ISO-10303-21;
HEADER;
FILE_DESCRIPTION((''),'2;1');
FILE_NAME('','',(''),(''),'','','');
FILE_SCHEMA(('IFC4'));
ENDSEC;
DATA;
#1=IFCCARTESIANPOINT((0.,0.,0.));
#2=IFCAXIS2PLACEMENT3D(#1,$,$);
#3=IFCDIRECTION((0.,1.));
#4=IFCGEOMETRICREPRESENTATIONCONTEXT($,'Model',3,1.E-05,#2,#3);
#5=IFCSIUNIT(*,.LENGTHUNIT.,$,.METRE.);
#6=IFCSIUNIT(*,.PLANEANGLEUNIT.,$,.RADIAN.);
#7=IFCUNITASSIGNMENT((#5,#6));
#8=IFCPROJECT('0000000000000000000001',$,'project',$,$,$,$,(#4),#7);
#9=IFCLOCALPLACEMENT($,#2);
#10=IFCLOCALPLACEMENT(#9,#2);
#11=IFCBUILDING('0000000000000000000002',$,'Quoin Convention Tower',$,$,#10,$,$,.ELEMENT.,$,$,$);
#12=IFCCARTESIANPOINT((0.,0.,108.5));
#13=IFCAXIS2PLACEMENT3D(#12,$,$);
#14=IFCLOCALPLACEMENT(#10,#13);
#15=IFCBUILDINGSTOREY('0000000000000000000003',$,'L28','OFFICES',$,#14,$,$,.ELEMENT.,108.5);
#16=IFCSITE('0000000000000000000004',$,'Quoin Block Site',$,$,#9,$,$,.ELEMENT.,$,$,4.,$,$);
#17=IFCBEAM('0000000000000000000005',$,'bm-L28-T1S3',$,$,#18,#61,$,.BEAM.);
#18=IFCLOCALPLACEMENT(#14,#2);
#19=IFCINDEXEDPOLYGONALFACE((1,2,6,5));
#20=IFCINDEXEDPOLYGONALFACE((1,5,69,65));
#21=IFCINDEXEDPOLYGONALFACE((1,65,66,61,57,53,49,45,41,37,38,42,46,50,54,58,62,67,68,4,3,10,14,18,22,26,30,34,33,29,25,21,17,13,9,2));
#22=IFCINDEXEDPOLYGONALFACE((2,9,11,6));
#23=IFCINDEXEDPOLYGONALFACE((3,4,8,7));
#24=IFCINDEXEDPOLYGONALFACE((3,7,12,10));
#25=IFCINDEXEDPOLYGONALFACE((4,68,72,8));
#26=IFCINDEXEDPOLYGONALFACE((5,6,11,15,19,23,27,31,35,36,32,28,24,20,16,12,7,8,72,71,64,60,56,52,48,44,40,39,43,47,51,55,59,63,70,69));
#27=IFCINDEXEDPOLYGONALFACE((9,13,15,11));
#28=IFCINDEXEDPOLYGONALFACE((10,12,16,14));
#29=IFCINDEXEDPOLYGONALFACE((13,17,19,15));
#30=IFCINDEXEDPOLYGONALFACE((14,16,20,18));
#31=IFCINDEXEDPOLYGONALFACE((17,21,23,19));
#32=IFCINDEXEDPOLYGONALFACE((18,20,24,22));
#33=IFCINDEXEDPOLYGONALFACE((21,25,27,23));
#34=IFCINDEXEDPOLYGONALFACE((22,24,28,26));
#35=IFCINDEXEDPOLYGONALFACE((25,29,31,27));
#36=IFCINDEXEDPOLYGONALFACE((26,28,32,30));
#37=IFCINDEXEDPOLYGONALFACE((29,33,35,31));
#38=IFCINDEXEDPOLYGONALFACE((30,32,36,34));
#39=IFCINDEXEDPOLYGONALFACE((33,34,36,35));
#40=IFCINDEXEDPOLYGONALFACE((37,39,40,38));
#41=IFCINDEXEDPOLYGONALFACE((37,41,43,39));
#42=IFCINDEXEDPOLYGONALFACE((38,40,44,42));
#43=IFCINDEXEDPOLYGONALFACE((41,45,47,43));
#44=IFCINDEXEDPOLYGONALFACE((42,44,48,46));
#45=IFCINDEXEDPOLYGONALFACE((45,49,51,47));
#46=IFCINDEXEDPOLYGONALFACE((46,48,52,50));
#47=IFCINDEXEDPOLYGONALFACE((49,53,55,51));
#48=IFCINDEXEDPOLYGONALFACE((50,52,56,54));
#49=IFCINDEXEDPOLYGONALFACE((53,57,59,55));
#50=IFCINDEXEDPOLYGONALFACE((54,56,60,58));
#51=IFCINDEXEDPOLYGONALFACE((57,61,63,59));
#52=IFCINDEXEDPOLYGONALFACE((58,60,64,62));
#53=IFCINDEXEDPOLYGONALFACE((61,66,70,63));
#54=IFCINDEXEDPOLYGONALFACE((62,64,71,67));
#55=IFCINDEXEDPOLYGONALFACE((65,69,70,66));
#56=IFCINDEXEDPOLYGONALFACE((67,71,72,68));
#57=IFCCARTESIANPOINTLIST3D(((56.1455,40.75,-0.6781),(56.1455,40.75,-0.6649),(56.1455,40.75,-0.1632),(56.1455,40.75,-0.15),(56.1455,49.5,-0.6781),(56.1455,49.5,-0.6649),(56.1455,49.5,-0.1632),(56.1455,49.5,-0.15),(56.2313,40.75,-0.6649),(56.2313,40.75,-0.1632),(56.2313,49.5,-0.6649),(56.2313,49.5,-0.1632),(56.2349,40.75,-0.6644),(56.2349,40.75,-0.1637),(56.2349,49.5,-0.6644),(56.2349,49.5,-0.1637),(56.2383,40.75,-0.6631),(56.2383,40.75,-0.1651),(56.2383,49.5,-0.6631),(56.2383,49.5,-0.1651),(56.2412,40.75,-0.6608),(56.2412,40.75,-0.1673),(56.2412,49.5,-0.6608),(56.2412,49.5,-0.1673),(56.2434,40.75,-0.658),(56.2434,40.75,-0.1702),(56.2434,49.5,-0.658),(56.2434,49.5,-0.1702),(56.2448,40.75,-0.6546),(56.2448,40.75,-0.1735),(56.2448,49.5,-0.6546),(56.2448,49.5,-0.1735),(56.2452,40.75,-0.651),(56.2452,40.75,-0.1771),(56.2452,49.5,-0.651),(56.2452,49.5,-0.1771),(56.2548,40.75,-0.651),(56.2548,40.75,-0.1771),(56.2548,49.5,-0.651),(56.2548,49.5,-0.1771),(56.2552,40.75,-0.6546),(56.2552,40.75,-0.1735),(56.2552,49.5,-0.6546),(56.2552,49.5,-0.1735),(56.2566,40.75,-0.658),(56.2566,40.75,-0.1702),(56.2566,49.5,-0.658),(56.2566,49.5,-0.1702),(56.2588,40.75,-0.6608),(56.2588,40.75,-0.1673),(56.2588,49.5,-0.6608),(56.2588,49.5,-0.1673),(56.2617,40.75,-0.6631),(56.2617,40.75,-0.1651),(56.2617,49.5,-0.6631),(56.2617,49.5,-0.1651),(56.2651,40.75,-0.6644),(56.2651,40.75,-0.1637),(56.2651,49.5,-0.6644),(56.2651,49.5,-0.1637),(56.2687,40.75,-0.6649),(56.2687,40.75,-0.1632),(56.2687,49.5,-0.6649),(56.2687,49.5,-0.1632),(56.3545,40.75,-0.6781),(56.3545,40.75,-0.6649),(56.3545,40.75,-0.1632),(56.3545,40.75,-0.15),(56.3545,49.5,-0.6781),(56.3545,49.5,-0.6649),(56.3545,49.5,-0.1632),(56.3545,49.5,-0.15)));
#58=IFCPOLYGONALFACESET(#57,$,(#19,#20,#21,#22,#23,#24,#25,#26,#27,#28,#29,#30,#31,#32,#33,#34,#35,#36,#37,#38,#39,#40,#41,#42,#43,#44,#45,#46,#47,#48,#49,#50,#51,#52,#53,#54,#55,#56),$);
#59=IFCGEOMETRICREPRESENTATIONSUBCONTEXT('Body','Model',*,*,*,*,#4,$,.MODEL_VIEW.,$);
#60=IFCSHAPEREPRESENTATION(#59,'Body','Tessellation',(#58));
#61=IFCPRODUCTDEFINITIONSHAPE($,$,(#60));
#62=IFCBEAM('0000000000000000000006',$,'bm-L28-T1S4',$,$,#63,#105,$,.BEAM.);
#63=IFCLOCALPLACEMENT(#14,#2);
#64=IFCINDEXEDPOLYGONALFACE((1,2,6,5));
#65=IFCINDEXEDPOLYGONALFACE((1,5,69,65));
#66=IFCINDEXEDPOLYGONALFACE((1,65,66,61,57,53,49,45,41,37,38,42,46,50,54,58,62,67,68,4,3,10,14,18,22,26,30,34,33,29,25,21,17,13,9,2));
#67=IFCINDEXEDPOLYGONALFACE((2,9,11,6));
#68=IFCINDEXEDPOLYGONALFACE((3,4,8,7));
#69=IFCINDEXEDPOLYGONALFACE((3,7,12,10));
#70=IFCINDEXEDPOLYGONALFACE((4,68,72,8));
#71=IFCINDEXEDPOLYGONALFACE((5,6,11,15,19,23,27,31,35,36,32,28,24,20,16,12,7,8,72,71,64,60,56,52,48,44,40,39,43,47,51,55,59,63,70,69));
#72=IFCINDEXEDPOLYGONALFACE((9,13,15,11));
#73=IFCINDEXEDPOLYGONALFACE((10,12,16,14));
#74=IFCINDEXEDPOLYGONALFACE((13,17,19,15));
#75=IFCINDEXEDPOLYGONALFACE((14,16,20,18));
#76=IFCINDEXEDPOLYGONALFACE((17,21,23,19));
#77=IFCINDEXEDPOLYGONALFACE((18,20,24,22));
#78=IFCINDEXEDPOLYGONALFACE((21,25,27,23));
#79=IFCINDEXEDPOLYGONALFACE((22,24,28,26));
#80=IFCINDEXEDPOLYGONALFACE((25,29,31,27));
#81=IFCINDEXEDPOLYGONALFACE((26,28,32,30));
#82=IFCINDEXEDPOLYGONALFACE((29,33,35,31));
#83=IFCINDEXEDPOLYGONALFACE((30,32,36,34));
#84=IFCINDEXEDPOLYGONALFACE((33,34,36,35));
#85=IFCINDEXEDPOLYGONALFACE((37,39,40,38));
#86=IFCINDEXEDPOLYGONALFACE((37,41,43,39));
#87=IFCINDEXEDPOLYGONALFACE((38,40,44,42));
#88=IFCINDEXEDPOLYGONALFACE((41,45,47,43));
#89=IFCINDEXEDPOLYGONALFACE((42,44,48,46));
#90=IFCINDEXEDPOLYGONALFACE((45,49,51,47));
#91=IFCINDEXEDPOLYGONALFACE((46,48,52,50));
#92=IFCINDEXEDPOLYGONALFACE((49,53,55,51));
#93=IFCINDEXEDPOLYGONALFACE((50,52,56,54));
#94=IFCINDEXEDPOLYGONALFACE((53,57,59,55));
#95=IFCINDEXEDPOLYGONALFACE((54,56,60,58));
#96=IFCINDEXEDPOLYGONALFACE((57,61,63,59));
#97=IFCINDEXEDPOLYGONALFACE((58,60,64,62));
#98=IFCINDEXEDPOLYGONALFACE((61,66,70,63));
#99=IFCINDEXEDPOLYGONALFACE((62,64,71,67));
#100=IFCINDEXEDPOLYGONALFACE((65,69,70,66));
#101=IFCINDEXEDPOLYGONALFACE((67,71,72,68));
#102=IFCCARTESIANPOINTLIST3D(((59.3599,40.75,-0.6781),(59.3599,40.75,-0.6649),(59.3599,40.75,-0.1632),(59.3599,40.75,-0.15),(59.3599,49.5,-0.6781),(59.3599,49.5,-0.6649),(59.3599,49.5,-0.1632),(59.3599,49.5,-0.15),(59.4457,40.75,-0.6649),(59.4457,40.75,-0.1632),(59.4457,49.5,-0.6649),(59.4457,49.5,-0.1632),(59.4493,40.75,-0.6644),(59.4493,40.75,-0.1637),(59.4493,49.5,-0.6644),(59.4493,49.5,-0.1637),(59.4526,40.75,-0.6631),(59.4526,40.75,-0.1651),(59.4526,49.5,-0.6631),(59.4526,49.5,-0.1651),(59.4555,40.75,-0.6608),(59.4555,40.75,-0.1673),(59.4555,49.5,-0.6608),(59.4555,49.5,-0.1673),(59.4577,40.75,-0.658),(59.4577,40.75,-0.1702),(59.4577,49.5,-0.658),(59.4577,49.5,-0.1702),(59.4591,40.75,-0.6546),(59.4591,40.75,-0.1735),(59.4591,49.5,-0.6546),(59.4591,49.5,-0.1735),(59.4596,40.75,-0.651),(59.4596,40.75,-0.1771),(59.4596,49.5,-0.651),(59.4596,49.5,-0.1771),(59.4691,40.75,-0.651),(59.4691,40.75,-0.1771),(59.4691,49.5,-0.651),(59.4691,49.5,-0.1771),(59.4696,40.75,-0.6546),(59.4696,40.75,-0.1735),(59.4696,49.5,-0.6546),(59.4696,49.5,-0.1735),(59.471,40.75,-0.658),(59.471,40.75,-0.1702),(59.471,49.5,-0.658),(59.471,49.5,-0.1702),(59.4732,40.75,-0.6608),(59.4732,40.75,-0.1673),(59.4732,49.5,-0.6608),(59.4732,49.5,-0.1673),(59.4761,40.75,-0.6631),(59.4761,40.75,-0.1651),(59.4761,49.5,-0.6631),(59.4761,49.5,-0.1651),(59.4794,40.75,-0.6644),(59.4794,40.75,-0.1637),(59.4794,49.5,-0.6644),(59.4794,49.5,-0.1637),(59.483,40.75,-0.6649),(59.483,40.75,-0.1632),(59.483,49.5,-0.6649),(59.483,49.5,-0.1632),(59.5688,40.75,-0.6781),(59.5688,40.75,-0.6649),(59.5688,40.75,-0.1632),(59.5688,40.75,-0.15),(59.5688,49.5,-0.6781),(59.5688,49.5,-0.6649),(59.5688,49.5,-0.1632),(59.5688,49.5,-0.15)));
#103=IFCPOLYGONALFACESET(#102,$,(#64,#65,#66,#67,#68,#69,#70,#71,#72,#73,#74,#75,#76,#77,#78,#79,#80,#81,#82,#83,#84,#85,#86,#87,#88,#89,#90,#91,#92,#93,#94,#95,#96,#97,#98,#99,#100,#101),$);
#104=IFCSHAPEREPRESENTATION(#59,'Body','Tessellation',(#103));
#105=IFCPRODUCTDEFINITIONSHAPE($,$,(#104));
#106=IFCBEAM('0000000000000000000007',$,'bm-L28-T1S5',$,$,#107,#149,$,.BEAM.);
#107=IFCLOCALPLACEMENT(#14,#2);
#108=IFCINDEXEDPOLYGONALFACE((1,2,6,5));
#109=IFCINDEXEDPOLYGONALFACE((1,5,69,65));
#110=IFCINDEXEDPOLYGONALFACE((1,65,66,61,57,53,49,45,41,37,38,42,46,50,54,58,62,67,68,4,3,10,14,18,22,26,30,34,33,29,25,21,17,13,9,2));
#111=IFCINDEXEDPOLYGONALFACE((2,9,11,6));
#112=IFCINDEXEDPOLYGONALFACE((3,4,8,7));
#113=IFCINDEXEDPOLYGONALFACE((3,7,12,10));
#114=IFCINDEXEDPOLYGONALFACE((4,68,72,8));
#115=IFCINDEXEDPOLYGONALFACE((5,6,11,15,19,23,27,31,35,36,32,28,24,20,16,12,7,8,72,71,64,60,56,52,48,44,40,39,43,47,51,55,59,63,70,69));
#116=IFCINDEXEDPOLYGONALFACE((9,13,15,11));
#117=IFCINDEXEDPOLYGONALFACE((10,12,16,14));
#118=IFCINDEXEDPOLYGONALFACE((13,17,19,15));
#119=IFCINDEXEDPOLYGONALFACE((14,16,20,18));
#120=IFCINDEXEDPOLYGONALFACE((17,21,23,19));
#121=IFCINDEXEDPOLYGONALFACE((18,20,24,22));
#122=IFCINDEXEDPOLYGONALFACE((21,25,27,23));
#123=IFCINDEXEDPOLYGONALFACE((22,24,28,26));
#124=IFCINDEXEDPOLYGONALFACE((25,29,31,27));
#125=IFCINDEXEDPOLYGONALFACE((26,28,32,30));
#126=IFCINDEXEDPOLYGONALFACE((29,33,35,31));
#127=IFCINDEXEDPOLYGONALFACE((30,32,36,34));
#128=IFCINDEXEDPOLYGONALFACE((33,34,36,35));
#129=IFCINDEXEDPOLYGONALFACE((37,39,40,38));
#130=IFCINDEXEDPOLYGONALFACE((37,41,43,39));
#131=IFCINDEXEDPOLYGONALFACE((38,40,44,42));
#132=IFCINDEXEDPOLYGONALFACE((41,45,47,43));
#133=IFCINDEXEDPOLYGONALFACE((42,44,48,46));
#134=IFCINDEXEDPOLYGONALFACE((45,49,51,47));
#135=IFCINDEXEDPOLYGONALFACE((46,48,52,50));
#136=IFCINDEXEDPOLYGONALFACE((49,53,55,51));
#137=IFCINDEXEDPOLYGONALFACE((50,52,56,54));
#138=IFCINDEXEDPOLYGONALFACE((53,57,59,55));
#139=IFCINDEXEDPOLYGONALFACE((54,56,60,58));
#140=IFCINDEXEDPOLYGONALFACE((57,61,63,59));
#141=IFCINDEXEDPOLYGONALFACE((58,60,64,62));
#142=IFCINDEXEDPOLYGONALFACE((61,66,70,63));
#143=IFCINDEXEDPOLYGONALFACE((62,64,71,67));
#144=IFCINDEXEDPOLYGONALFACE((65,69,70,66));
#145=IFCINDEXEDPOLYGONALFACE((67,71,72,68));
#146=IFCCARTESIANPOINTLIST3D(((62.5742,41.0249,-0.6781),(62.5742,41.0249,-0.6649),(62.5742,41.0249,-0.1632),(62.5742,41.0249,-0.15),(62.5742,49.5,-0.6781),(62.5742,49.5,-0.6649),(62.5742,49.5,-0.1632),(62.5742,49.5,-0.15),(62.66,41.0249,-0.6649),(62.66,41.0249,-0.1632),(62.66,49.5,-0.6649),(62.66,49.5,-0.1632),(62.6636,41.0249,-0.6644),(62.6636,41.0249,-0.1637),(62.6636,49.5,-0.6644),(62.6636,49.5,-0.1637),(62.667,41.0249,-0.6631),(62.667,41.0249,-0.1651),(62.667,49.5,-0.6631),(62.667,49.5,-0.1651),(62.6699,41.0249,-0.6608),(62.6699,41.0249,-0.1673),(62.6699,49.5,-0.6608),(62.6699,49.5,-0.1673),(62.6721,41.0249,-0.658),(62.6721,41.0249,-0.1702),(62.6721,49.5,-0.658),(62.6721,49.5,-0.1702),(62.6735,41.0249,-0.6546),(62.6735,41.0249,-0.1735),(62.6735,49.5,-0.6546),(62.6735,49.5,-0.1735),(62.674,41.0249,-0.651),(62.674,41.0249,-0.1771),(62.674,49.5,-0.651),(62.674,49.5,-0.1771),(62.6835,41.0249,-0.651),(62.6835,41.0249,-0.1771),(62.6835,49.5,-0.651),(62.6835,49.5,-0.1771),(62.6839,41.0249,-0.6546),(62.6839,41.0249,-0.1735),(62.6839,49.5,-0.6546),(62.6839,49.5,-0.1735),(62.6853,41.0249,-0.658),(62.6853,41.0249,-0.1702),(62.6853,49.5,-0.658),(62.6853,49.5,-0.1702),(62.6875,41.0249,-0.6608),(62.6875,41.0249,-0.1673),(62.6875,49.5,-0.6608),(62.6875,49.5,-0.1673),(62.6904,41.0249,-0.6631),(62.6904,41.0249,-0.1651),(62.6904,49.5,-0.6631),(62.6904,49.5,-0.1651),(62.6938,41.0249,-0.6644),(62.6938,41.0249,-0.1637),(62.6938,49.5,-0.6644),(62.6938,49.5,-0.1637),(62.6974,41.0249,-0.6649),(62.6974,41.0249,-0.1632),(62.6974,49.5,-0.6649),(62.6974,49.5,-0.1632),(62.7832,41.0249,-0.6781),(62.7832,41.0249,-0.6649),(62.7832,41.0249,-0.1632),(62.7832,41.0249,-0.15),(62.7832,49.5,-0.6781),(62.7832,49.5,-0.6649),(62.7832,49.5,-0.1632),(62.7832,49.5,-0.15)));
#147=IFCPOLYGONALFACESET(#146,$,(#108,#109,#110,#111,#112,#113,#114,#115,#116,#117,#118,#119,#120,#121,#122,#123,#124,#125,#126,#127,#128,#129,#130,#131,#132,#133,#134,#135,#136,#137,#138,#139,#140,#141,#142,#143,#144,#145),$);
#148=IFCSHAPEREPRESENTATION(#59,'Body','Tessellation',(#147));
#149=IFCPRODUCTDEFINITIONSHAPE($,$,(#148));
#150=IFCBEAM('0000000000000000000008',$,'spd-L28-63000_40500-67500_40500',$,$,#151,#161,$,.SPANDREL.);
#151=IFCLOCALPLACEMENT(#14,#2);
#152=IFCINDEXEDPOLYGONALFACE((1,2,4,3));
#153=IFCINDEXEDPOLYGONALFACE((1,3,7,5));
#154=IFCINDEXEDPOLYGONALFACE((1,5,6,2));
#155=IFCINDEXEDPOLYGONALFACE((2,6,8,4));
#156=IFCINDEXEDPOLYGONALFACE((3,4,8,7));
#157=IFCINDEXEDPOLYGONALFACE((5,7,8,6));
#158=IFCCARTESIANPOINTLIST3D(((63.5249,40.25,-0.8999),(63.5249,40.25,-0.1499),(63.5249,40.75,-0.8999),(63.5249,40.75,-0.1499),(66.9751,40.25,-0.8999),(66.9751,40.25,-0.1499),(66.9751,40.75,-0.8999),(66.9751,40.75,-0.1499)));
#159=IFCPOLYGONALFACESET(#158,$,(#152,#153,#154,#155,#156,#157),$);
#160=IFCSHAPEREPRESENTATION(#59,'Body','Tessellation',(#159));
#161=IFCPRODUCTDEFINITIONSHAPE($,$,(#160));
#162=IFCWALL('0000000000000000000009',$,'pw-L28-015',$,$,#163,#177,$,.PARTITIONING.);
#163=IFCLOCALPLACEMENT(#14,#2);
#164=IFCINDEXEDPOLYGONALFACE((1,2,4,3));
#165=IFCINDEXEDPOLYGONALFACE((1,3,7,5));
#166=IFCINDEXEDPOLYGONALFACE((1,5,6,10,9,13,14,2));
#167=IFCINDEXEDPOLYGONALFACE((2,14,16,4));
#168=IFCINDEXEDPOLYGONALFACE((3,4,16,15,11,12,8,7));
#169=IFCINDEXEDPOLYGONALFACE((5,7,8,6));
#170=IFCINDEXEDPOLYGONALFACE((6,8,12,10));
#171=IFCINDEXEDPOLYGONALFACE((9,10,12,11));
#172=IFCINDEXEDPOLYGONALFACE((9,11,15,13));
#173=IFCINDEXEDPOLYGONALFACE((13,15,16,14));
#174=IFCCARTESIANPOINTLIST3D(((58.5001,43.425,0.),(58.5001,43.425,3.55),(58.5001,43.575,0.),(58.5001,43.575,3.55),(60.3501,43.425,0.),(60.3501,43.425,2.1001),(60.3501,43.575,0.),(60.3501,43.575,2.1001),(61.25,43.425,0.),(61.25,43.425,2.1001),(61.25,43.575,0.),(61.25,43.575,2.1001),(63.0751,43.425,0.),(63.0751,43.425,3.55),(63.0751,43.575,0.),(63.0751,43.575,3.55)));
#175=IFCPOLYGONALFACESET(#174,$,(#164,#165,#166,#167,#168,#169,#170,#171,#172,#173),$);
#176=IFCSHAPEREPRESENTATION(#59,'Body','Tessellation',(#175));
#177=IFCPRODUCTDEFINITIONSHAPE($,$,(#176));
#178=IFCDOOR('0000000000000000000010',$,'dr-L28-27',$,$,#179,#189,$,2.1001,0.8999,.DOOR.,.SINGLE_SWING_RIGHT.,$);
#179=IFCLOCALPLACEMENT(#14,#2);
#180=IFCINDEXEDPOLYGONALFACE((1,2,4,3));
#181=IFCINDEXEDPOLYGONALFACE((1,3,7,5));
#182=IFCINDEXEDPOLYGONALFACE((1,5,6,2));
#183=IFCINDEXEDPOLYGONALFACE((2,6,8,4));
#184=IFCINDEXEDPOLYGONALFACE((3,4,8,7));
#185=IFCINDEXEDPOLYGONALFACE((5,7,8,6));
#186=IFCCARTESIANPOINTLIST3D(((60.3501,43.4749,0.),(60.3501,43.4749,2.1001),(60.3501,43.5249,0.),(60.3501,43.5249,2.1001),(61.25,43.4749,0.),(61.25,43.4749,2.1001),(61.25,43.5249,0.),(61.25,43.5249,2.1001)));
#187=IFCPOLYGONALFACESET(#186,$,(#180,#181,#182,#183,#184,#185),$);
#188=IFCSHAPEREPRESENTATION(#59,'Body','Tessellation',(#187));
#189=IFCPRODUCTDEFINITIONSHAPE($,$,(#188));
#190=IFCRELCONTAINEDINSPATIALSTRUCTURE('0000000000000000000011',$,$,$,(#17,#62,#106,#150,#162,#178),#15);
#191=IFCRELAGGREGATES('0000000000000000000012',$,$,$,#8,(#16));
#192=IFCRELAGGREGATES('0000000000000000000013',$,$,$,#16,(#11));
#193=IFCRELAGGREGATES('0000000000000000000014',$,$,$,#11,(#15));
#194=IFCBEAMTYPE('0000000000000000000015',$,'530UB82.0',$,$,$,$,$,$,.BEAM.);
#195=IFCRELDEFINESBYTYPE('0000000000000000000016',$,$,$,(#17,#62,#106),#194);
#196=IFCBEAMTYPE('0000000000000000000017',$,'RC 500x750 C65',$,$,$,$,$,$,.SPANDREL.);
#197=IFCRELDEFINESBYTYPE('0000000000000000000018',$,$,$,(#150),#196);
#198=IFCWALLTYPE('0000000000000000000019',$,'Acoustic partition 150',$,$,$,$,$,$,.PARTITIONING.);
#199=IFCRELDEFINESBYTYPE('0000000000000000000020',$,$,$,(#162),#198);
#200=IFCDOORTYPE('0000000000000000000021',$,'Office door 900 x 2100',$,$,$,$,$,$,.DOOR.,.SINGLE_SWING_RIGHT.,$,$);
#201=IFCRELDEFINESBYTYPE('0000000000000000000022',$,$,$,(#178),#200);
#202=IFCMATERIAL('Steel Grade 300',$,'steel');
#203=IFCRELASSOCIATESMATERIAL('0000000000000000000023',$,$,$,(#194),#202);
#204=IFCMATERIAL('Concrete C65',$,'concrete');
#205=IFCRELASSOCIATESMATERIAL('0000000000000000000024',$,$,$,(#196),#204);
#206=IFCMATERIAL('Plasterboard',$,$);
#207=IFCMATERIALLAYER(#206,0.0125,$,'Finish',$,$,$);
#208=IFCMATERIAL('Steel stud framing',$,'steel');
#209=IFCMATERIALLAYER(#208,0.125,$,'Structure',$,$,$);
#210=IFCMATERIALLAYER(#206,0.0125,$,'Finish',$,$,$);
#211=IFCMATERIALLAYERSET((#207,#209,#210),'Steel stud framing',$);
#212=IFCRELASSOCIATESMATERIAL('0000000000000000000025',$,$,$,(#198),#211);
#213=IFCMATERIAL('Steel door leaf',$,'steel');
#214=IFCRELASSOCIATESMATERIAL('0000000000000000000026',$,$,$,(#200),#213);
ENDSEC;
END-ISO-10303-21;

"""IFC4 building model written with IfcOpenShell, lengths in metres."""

from ifc_helpers import new_model, si_unit, direction, frame, frame_2d, origin, origin_2d, place, context, subcontext, project, spatial, rectangle, i_section, extrude, material, layer, layer_set, material_profile, profile_set, type_object, element, fill, save


model = new_model("IFC4")

# Units and contexts
model_context = context("Model", 3, precision=1e-05, world=origin(), true_north=direction((0.0, 1.0)))
body_context = subcontext(model_context, "Body", "Model", "MODEL_VIEW")
ifc_project = project(units=[si_unit("LENGTHUNIT", "METRE"), si_unit("PLANEANGLEUNIT", "RADIAN")], contexts=[model_context])

# Site, building, storey
site_placement = place(None, origin())
site = spatial("IfcSite", under=ifc_project, at=site_placement, Name="Quoin Block Site", CompositionType="ELEMENT", RefElevation=4.0)
building_placement = place(site_placement, origin())
building = spatial("IfcBuilding", under=site, at=building_placement, Name="Quoin Convention Tower", CompositionType="ELEMENT")
storey_placement = place(building_placement, frame((0.0, 0.0, 108.5)))
storey = spatial("IfcBuildingStorey", under=building, at=storey_placement, Name="L28", Description="OFFICES", CompositionType="ELEMENT", Elevation=108.5)

# Beams
ifc_material_1 = material(Name="Steel Grade 300", Category="steel")
ifc_material_profile_1 = material_profile(ifc_material_1, i_section(OverallWidth=0.209, OverallDepth=0.5281, WebThickness=0.0095, FlangeThickness=0.0132, FilletRadius=0.0139, at=origin_2d()), Name="530UB82.0")
ifc_profile_set_1 = profile_set([ifc_material_profile_1], Name="Steel Grade 300")
beam_type_1 = type_object("IfcBeamType", Name="530UB82.0", PredefinedType="BEAM", material=ifc_profile_set_1)
for number, where, z_axis, x_axis, name in (
    (1, (56.25, 40.75, -0.4141), (0.0, 1.0, 0.0), (-1.0, 0.0, 0.0), "bm-L28-T1S3"),
    (2, (59.4644, 40.75, -0.4141), (0.0, 1.0, 0.0), (-1.0, 0.0, 0.0), "bm-L28-T1S4"),
):
    element("IfcBeam", number, at=place(storey_placement, frame(where, z_axis=z_axis, x_axis=x_axis)), inside=storey, type_object=beam_type_1, Name=name, PredefinedType="BEAM", context=body_context, shape_type="SweptSolid", body=[
        extrude(i_section(OverallWidth=0.209, OverallDepth=0.5281, WebThickness=0.0095, FlangeThickness=0.0132, FilletRadius=0.0139, at=origin_2d()), origin(), (0.0, 0.0, 1.0), 8.75),
    ])
beam_1_placement = place(storey_placement, frame((62.6787, 41.0249, -0.4141), z_axis=(0.0, 1.0, 0.0), x_axis=(-1.0, 0.0, 0.0)))
element("IfcBeam", 3, at=beam_1_placement, inside=storey, type_object=beam_type_1, Name="bm-L28-T1S5", PredefinedType="BEAM", context=body_context, shape_type="SweptSolid", body=[
    extrude(i_section(OverallWidth=0.209, OverallDepth=0.5281, WebThickness=0.0095, FlangeThickness=0.0132, FilletRadius=0.0139, at=origin_2d()), origin(), (0.0, 0.0, 1.0), 8.4751),
])
ifc_material_2 = material(Name="Concrete C65", Category="concrete")
ifc_material_profile_2 = material_profile(ifc_material_2, rectangle(XDim=0.5, YDim=0.75, at=origin_2d()), Name="RC 500x750")
ifc_profile_set_2 = profile_set([ifc_material_profile_2], Name="Concrete C65")
beam_type_2 = type_object("IfcBeamType", Name="RC 500x750 C65", PredefinedType="SPANDREL", material=ifc_profile_set_2)
beam_2_placement = place(storey_placement, frame((63.5249, 40.5, -0.5249), z_axis=(1.0, 0.0, 0.0), x_axis=(0.0, 1.0, 0.0)))
element("IfcBeam", 4, at=beam_2_placement, inside=storey, type_object=beam_type_2, Name="spd-L28-63000_40500-67500_40500", PredefinedType="SPANDREL", context=body_context, shape_type="SweptSolid", body=[
    extrude(rectangle(XDim=0.5, YDim=0.75, at=origin_2d()), origin(), (0.0, 0.0, 1.0), 3.4502),
])

# Wall, opening, door
ifc_material_3 = material(Name="Plasterboard")
ifc_layer_1 = layer(ifc_material_3, 0.0125, Name="Finish")
ifc_material_4 = material(Name="Steel stud framing", Category="steel")
ifc_layer_2 = layer(ifc_material_4, 0.125, Name="Structure")
ifc_layer_3 = layer(ifc_material_3, 0.0125, Name="Finish")
ifc_layer_set_1 = layer_set([ifc_layer_1, ifc_layer_2, ifc_layer_3], Name="Steel stud framing")
wall_type_1 = type_object("IfcWallType", Name="Acoustic partition 150", PredefinedType="PARTITIONING", material=ifc_layer_set_1)
wall_1_placement = place(storey_placement, frame((58.5, 43.5, 0.0), z_axis=(0.0, 0.0, 1.0), x_axis=(1.0, 0.0, 0.0)))
wall_1 = element("IfcWall", 5, at=wall_1_placement, inside=storey, type_object=wall_type_1, Name="pw-L28-015", PredefinedType="PARTITIONING", context=body_context, shape_type="SweptSolid", body=[
    extrude(rectangle(XDim=4.575, YDim=0.1499, at=frame_2d((2.2876, 0.0))), origin(), (0.0, 0.0, 1.0), 3.55),
])
opening_1_placement = place(wall_1_placement, frame((1.8501, 0.0, 0.0)))
opening_1 = element("IfcOpeningElement", 6, at=opening_1_placement, cuts=wall_1, PredefinedType="OPENING", context=body_context, shape_type="SweptSolid", body=[
    extrude(rectangle(XDim=0.8999, YDim=2.1001, at=frame_2d((0.45, 1.05))), frame((0.0, 0.085, 0.0), z_axis=(0.0, -1.0, 0.0), x_axis=(1.0, 0.0, 0.0)), (0.0, 0.0, 1.0), 0.1699),
])
ifc_material_5 = material(Name="Steel door leaf", Category="steel")
door_type = type_object("IfcDoorType", Name="Office door 900 x 2100", OperationType="SINGLE_SWING_RIGHT", PredefinedType="DOOR", material=ifc_material_5)
door_1_placement = place(opening_1_placement, origin())
door_1 = element("IfcDoor", 7, at=door_1_placement, inside=storey, type_object=door_type, Name="dr-L28-27", OperationType="SINGLE_SWING_RIGHT", OverallHeight=2.1001, OverallWidth=0.8999, PredefinedType="DOOR", context=body_context, shape_type="SweptSolid", body=[
    extrude(rectangle(XDim=0.8999, YDim=2.1001, at=frame_2d((0.45, 1.05))), frame((0.0, 0.0249, 0.0), z_axis=(0.0, -1.0, 0.0), x_axis=(1.0, 0.0, 0.0)), (0.0, 0.0, 1.0), 0.05),
])
fill(opening_1, door_1)

save(model, "model.ifc")
